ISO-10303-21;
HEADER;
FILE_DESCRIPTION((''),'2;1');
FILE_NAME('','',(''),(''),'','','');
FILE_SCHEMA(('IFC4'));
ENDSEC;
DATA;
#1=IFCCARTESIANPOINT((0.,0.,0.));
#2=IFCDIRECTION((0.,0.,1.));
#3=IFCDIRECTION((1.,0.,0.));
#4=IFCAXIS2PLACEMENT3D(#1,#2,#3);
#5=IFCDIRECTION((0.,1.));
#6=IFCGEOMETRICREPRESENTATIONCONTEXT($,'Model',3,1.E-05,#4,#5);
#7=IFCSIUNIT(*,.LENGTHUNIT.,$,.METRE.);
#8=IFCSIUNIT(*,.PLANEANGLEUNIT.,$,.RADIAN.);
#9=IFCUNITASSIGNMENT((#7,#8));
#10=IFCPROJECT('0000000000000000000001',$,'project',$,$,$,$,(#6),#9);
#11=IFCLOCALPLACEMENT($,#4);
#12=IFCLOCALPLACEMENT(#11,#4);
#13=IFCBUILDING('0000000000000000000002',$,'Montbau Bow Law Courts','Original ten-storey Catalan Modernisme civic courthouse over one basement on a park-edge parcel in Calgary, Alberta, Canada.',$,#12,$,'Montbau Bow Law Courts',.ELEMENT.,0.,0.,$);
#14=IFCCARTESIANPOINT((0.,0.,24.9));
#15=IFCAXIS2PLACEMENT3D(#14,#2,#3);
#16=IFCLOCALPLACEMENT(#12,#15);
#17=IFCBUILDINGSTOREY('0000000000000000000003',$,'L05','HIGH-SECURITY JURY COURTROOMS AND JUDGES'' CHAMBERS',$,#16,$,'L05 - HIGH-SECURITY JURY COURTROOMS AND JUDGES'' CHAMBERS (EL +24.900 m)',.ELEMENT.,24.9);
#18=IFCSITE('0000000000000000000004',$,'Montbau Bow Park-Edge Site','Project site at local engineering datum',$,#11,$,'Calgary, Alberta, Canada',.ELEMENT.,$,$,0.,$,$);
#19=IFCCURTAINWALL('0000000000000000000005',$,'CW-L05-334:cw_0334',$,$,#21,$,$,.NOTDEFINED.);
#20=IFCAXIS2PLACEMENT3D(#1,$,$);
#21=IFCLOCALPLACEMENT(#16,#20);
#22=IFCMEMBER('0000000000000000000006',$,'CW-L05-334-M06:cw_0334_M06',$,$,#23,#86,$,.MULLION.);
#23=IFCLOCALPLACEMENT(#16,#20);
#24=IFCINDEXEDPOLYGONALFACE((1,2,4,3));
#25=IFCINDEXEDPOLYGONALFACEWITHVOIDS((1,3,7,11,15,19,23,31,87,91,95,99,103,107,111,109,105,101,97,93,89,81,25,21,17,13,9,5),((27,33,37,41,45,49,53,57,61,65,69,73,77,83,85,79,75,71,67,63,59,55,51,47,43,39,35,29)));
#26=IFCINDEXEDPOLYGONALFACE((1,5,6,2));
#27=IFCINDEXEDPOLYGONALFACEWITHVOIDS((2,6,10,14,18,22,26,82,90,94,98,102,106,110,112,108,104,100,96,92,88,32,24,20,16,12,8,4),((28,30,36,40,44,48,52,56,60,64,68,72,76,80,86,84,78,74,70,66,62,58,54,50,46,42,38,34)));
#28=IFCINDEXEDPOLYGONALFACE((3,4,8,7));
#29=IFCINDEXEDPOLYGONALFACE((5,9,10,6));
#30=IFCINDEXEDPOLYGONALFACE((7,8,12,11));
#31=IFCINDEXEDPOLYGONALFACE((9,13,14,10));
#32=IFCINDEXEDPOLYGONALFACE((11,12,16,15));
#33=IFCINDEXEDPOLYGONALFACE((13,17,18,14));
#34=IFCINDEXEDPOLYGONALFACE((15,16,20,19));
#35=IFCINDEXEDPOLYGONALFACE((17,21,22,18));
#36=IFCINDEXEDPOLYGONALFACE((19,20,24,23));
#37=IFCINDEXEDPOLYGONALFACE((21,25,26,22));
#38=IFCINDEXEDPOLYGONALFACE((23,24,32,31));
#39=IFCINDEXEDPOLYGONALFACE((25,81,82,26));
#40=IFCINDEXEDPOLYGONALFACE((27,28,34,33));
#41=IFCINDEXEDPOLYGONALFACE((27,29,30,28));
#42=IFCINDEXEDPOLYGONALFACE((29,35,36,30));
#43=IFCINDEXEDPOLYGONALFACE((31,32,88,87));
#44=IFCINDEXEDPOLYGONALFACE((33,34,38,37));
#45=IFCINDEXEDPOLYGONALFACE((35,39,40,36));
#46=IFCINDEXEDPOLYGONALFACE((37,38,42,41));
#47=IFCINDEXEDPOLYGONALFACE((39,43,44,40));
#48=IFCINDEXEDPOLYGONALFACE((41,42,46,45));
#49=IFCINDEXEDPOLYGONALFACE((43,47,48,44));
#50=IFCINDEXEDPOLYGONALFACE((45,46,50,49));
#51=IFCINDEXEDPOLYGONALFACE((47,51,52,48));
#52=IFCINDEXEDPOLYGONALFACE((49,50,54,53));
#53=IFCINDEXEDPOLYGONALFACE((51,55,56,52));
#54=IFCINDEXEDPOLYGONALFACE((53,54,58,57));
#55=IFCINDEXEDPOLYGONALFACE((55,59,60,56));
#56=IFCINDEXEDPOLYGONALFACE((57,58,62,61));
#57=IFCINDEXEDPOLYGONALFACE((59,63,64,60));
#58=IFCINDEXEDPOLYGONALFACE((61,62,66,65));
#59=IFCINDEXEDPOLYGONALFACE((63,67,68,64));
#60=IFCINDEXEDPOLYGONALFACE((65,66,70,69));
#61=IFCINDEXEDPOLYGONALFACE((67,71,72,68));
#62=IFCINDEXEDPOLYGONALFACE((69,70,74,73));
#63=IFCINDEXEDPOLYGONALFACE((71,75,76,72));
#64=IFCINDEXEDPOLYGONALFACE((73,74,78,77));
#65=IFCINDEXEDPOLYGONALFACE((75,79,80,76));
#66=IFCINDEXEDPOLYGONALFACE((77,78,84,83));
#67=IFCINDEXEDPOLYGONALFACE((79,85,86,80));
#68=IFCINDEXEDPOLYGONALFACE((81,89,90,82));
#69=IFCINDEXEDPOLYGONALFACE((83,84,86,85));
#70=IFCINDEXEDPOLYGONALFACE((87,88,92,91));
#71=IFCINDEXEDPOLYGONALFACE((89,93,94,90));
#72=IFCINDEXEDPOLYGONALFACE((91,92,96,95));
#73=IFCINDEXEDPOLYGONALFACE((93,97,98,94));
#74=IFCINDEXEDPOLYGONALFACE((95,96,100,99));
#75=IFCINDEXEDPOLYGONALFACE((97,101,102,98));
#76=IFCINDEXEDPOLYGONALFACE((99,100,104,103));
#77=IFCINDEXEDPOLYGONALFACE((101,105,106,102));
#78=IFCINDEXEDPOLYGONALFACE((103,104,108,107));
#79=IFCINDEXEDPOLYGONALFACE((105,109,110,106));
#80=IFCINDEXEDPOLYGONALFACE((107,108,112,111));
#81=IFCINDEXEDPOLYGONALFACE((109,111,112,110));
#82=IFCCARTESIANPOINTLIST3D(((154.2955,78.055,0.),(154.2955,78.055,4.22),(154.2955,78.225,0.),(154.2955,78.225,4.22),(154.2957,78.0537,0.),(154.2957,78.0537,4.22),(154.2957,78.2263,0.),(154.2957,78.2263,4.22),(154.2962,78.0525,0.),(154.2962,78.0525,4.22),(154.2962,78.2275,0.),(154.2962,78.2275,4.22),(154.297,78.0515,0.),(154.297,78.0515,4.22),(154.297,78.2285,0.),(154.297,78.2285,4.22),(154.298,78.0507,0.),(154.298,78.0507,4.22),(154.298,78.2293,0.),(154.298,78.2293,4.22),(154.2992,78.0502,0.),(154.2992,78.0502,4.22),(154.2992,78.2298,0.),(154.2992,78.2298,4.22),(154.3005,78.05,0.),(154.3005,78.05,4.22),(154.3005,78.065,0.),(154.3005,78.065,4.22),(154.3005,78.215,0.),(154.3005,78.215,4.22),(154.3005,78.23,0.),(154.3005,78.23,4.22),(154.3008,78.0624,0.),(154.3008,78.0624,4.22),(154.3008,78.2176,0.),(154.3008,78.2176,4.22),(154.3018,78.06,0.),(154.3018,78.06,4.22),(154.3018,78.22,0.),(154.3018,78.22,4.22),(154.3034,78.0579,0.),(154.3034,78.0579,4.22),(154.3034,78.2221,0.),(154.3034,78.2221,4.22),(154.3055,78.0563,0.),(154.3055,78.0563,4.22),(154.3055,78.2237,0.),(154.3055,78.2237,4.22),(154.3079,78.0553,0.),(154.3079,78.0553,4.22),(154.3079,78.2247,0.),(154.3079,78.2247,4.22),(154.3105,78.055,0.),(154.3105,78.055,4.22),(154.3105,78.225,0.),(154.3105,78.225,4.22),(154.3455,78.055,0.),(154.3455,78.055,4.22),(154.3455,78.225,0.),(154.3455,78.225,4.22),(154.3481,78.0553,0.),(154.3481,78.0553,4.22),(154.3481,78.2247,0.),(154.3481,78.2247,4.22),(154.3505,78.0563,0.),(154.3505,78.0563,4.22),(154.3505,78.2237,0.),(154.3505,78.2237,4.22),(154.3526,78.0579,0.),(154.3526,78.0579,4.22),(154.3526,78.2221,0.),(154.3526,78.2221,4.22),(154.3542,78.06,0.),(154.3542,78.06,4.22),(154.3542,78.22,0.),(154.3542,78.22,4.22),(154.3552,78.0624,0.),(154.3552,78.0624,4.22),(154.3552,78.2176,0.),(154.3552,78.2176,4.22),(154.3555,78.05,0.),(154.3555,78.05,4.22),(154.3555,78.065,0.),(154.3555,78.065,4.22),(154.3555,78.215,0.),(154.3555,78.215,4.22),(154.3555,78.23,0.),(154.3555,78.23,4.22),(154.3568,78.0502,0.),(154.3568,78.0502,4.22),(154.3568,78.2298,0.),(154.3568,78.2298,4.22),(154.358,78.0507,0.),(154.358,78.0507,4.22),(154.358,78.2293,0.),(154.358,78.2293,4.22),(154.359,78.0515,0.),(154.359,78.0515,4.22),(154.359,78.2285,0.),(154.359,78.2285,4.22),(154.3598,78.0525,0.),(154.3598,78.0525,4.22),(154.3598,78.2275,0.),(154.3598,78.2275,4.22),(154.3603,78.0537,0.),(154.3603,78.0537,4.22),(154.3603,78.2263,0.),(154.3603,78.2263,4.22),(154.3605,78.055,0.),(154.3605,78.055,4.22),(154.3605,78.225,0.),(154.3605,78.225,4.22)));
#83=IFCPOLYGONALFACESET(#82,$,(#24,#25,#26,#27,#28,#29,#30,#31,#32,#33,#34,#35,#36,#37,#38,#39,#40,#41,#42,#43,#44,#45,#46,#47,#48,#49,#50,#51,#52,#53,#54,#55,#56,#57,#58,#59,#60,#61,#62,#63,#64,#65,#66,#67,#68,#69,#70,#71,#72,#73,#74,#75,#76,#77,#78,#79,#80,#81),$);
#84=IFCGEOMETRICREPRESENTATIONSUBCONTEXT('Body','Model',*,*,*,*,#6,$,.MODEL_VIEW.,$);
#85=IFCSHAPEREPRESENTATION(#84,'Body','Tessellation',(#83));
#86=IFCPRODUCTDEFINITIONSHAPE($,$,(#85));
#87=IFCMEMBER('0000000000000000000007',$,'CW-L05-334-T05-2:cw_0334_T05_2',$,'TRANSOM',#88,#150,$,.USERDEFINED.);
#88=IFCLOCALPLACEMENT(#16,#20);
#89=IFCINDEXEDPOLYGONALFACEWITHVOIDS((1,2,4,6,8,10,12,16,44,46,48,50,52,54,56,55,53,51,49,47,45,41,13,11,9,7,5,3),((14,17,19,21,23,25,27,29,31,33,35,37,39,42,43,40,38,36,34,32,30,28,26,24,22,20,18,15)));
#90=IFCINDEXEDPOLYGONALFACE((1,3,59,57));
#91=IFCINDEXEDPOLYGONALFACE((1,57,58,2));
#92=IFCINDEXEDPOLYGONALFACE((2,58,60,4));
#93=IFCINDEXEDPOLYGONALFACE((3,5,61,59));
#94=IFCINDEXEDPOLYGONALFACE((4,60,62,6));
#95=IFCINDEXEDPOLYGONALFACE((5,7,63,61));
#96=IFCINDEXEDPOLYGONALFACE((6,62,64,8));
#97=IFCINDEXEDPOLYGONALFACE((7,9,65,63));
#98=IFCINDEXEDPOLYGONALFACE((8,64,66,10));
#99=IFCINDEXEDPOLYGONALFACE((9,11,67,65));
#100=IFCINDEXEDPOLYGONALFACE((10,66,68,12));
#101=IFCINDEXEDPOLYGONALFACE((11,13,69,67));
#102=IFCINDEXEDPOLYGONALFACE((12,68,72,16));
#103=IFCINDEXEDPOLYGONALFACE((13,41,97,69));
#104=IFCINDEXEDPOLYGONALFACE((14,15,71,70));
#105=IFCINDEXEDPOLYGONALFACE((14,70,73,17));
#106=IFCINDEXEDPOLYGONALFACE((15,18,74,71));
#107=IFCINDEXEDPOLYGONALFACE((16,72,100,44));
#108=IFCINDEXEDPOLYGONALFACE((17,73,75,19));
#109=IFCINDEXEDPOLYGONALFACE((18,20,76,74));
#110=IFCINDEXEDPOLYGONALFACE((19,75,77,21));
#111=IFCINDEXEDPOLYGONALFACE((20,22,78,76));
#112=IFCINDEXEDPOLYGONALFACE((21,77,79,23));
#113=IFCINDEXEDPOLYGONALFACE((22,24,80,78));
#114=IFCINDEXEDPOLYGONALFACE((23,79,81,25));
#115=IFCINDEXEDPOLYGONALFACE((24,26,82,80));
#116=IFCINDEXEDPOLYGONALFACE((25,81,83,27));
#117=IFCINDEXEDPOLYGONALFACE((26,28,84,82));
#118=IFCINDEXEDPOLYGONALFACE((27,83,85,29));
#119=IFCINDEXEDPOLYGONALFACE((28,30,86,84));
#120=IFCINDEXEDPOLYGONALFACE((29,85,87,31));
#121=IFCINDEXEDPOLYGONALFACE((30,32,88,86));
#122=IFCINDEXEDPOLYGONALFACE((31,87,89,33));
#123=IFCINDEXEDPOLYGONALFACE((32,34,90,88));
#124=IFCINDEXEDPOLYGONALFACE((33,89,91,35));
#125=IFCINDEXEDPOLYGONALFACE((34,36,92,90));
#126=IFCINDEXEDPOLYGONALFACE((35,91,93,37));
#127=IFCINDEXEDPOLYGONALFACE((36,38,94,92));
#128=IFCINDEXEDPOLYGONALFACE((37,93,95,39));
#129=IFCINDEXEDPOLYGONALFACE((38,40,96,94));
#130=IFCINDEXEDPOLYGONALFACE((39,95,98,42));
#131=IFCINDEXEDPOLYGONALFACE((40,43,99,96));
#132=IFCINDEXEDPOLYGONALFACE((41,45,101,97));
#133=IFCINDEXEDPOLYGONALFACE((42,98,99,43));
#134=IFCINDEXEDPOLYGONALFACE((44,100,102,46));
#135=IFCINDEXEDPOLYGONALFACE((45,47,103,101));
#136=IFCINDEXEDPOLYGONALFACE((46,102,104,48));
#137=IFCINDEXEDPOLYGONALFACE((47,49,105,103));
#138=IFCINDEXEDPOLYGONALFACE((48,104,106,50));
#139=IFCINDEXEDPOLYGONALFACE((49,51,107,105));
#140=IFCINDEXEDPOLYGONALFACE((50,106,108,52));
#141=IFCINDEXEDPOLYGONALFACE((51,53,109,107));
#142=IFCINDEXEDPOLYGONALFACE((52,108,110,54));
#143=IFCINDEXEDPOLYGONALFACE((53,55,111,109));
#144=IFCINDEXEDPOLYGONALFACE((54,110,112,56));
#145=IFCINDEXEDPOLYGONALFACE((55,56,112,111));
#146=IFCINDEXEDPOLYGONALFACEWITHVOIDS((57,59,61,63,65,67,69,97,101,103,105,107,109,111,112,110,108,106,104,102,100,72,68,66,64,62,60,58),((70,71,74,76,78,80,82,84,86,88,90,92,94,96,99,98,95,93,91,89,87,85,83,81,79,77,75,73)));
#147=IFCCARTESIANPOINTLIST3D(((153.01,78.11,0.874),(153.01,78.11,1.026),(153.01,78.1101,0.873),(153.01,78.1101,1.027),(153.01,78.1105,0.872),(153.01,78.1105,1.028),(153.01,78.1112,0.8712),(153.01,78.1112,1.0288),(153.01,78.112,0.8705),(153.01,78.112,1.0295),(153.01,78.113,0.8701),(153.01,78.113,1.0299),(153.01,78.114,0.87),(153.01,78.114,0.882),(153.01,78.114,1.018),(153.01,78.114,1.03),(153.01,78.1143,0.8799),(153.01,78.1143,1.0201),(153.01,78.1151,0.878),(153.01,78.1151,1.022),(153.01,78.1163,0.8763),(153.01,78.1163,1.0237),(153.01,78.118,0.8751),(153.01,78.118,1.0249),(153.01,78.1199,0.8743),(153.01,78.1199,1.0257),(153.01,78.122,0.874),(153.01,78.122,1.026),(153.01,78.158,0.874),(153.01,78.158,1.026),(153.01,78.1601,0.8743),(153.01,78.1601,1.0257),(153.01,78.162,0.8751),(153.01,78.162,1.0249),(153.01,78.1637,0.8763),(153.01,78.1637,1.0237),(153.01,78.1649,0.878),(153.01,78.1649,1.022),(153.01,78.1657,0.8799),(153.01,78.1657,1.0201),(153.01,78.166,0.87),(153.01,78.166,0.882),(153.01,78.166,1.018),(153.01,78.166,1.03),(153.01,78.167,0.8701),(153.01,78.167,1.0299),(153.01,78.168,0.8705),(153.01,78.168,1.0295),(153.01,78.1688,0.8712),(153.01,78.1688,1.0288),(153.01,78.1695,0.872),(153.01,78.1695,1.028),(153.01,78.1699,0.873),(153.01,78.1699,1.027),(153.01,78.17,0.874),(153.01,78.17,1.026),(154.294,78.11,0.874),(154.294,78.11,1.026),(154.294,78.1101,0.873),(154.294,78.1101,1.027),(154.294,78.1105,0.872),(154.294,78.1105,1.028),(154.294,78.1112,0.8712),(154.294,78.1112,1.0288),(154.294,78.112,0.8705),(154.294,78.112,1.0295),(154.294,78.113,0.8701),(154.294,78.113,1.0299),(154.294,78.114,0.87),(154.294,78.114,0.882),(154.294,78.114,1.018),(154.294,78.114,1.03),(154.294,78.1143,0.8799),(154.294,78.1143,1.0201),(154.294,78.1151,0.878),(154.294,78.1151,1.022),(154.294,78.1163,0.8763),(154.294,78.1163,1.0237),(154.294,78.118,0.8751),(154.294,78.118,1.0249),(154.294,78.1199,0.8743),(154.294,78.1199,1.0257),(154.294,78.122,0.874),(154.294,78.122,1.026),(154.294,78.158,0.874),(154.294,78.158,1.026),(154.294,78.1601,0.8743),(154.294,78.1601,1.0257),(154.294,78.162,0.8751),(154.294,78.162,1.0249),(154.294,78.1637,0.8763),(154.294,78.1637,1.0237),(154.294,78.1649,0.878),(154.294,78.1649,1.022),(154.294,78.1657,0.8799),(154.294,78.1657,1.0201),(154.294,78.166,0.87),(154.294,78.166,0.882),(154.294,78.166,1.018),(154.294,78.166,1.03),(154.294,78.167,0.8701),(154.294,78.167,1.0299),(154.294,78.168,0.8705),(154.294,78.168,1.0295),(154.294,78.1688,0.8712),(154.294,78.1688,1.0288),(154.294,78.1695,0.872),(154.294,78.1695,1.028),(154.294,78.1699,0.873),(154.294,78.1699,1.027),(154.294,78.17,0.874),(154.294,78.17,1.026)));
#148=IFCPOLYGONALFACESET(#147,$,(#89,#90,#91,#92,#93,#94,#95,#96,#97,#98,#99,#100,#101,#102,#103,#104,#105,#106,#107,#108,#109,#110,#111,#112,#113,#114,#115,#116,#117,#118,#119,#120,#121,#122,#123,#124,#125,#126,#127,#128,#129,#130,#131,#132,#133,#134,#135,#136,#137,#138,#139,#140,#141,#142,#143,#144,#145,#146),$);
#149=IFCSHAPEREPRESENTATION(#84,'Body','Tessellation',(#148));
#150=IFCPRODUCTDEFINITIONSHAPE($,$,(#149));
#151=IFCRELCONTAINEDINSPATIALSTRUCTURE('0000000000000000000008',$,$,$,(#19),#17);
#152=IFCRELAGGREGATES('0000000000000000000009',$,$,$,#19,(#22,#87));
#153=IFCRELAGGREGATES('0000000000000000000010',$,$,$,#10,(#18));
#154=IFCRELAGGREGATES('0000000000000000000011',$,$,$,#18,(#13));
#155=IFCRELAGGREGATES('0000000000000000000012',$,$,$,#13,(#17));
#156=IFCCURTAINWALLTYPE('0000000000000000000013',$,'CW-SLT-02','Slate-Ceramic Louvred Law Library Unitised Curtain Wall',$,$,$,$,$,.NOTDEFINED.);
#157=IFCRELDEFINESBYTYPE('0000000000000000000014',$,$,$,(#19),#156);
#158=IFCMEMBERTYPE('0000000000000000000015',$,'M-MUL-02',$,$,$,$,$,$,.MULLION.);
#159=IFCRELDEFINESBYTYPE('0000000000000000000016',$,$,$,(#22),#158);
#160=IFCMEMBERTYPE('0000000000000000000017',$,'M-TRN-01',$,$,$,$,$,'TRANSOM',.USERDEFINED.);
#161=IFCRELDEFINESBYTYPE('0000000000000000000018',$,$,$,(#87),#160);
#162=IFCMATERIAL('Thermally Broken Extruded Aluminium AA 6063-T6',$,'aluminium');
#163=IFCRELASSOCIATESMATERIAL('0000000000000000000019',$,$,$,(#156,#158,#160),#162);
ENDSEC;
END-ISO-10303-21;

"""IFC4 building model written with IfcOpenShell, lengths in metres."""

from ifc_helpers import new_model, si_unit, direction, frame, origin_with_axes, origin_2d_with_axis, place, context, subcontext, project, spatial, hollow_rectangle, extrude, material, material_profile, profile_set, type_object, element, aggregate, save


model = new_model("IFC4")

# Units and contexts
model_context = context("Model", 3, precision=1e-05, world=origin_with_axes(), true_north=direction((0.0, 1.0)))
body_context = subcontext(model_context, "Body", "Model", "MODEL_VIEW")
ifc_project = project(units=[si_unit("LENGTHUNIT", "METRE"), si_unit("PLANEANGLEUNIT", "RADIAN")], contexts=[model_context])

# Site, building, storey
site_placement = place(None, origin_with_axes())
site = spatial("IfcSite", under=ifc_project, at=site_placement, Name="Montbau Bow Park-Edge Site", Description="Project site at local engineering datum", LongName="Calgary, Alberta, Canada", CompositionType="ELEMENT", RefElevation=0.0)
building_placement = place(site_placement, origin_with_axes())
building = spatial("IfcBuilding", under=site, at=building_placement, Name="Montbau Bow Law Courts", Description="Original ten-storey Catalan Modernisme civic courthouse over one basement on a park-edge parcel in Calgary, Alberta, Canada.", LongName="Montbau Bow Law Courts", CompositionType="ELEMENT", ElevationOfRefHeight=0.0, ElevationOfTerrain=0.0)
storey_placement = place(building_placement, frame((0.0, 0.0, 24.9), z_axis=(0.0, 0.0, 1.0), x_axis=(1.0, 0.0, 0.0)))
storey = spatial("IfcBuildingStorey", under=building, at=storey_placement, Name="L05", Description="HIGH-SECURITY JURY COURTROOMS AND JUDGES' CHAMBERS", LongName="L05 - HIGH-SECURITY JURY COURTROOMS AND JUDGES' CHAMBERS (EL +24.900 m)", CompositionType="ELEMENT", Elevation=24.9)

# Curtain wall, members
ifc_material_1 = material(Name="Thermally Broken Extruded Aluminium AA 6063-T6", Category="aluminium")
curtain_wall_type = type_object("IfcCurtainWallType", Name="CW-SLT-02", Description="Slate-Ceramic Louvred Law Library Unitised Curtain Wall", PredefinedType="NOTDEFINED", material=ifc_material_1)
curtain_wall_placement = place(None, frame((147.44, 78.14, 24.9), z_axis=(0.0, 0.0, 1.0), x_axis=(1.0, 0.0, 0.0)))
curtain_wall = element("IfcCurtainWall", 1, at=curtain_wall_placement, inside=storey, type_object=curtain_wall_type, Name="CW-L05-334:cw_0334", PredefinedType="NOTDEFINED")
ifc_material_profile_1 = material_profile(ifc_material_1, hollow_rectangle(XDim=0.065, YDim=0.18, WallThickness=0.005, InnerFilletRadius=0.01, OuterFilletRadius=0.005, at=origin_2d_with_axis()), Name="CWM-180X65", Category="Main", Priority=0)
ifc_profile_set_1 = profile_set([ifc_material_profile_1], Name="Thermally Broken Extruded Aluminium AA 6063-T6")
member_type_1 = type_object("IfcMemberType", Name="M-MUL-02", PredefinedType="MULLION", material=ifc_profile_set_1)
member_1_placement = place(None, frame((154.328, 78.14, 24.9), z_axis=(0.0, 0.0, 1.0), x_axis=(1.0, 0.0, 0.0)))
member_1 = element("IfcMember", 2, at=member_1_placement, type_object=member_type_1, Name="CW-L05-334-M06:cw_0334_M06", PredefinedType="MULLION", context=body_context, shape_type="SweptSolid", body=[
    extrude(hollow_rectangle(XDim=0.065, YDim=0.18, WallThickness=0.005, InnerFilletRadius=0.01, OuterFilletRadius=0.005, at=origin_2d_with_axis()), origin_with_axes(), (0.0, 0.0, 1.0), 4.22),
])
ifc_material_profile_2 = material_profile(ifc_material_1, hollow_rectangle(XDim=0.06, YDim=0.16, WallThickness=0.004, InnerFilletRadius=0.008, OuterFilletRadius=0.004, at=origin_2d_with_axis()), Name="CWT-160X60", Category="Main", Priority=0)
ifc_profile_set_2 = profile_set([ifc_material_profile_2], Name="Thermally Broken Extruded Aluminium AA 6063-T6")
member_type_2 = type_object("IfcMemberType", Name="M-TRN-01", ElementType="TRANSOM", PredefinedType="USERDEFINED", material=ifc_profile_set_2)
member_2_placement = place(None, frame((153.01, 78.14, 25.85), z_axis=(1.0, 0.0, 0.0), x_axis=(0.0, 1.0, 0.0)))
member_2 = element("IfcMember", 3, at=member_2_placement, type_object=member_type_2, Name="CW-L05-334-T05-2:cw_0334_T05_2", ObjectType="TRANSOM", PredefinedType="USERDEFINED", context=body_context, shape_type="SweptSolid", body=[
    extrude(hollow_rectangle(XDim=0.06, YDim=0.16, WallThickness=0.004, InnerFilletRadius=0.008, OuterFilletRadius=0.004, at=origin_2d_with_axis()), origin_with_axes(), (0.0, 0.0, 1.0), 1.284),
])
aggregate(curtain_wall, [member_1, member_2])

save(model, "model.ifc")
